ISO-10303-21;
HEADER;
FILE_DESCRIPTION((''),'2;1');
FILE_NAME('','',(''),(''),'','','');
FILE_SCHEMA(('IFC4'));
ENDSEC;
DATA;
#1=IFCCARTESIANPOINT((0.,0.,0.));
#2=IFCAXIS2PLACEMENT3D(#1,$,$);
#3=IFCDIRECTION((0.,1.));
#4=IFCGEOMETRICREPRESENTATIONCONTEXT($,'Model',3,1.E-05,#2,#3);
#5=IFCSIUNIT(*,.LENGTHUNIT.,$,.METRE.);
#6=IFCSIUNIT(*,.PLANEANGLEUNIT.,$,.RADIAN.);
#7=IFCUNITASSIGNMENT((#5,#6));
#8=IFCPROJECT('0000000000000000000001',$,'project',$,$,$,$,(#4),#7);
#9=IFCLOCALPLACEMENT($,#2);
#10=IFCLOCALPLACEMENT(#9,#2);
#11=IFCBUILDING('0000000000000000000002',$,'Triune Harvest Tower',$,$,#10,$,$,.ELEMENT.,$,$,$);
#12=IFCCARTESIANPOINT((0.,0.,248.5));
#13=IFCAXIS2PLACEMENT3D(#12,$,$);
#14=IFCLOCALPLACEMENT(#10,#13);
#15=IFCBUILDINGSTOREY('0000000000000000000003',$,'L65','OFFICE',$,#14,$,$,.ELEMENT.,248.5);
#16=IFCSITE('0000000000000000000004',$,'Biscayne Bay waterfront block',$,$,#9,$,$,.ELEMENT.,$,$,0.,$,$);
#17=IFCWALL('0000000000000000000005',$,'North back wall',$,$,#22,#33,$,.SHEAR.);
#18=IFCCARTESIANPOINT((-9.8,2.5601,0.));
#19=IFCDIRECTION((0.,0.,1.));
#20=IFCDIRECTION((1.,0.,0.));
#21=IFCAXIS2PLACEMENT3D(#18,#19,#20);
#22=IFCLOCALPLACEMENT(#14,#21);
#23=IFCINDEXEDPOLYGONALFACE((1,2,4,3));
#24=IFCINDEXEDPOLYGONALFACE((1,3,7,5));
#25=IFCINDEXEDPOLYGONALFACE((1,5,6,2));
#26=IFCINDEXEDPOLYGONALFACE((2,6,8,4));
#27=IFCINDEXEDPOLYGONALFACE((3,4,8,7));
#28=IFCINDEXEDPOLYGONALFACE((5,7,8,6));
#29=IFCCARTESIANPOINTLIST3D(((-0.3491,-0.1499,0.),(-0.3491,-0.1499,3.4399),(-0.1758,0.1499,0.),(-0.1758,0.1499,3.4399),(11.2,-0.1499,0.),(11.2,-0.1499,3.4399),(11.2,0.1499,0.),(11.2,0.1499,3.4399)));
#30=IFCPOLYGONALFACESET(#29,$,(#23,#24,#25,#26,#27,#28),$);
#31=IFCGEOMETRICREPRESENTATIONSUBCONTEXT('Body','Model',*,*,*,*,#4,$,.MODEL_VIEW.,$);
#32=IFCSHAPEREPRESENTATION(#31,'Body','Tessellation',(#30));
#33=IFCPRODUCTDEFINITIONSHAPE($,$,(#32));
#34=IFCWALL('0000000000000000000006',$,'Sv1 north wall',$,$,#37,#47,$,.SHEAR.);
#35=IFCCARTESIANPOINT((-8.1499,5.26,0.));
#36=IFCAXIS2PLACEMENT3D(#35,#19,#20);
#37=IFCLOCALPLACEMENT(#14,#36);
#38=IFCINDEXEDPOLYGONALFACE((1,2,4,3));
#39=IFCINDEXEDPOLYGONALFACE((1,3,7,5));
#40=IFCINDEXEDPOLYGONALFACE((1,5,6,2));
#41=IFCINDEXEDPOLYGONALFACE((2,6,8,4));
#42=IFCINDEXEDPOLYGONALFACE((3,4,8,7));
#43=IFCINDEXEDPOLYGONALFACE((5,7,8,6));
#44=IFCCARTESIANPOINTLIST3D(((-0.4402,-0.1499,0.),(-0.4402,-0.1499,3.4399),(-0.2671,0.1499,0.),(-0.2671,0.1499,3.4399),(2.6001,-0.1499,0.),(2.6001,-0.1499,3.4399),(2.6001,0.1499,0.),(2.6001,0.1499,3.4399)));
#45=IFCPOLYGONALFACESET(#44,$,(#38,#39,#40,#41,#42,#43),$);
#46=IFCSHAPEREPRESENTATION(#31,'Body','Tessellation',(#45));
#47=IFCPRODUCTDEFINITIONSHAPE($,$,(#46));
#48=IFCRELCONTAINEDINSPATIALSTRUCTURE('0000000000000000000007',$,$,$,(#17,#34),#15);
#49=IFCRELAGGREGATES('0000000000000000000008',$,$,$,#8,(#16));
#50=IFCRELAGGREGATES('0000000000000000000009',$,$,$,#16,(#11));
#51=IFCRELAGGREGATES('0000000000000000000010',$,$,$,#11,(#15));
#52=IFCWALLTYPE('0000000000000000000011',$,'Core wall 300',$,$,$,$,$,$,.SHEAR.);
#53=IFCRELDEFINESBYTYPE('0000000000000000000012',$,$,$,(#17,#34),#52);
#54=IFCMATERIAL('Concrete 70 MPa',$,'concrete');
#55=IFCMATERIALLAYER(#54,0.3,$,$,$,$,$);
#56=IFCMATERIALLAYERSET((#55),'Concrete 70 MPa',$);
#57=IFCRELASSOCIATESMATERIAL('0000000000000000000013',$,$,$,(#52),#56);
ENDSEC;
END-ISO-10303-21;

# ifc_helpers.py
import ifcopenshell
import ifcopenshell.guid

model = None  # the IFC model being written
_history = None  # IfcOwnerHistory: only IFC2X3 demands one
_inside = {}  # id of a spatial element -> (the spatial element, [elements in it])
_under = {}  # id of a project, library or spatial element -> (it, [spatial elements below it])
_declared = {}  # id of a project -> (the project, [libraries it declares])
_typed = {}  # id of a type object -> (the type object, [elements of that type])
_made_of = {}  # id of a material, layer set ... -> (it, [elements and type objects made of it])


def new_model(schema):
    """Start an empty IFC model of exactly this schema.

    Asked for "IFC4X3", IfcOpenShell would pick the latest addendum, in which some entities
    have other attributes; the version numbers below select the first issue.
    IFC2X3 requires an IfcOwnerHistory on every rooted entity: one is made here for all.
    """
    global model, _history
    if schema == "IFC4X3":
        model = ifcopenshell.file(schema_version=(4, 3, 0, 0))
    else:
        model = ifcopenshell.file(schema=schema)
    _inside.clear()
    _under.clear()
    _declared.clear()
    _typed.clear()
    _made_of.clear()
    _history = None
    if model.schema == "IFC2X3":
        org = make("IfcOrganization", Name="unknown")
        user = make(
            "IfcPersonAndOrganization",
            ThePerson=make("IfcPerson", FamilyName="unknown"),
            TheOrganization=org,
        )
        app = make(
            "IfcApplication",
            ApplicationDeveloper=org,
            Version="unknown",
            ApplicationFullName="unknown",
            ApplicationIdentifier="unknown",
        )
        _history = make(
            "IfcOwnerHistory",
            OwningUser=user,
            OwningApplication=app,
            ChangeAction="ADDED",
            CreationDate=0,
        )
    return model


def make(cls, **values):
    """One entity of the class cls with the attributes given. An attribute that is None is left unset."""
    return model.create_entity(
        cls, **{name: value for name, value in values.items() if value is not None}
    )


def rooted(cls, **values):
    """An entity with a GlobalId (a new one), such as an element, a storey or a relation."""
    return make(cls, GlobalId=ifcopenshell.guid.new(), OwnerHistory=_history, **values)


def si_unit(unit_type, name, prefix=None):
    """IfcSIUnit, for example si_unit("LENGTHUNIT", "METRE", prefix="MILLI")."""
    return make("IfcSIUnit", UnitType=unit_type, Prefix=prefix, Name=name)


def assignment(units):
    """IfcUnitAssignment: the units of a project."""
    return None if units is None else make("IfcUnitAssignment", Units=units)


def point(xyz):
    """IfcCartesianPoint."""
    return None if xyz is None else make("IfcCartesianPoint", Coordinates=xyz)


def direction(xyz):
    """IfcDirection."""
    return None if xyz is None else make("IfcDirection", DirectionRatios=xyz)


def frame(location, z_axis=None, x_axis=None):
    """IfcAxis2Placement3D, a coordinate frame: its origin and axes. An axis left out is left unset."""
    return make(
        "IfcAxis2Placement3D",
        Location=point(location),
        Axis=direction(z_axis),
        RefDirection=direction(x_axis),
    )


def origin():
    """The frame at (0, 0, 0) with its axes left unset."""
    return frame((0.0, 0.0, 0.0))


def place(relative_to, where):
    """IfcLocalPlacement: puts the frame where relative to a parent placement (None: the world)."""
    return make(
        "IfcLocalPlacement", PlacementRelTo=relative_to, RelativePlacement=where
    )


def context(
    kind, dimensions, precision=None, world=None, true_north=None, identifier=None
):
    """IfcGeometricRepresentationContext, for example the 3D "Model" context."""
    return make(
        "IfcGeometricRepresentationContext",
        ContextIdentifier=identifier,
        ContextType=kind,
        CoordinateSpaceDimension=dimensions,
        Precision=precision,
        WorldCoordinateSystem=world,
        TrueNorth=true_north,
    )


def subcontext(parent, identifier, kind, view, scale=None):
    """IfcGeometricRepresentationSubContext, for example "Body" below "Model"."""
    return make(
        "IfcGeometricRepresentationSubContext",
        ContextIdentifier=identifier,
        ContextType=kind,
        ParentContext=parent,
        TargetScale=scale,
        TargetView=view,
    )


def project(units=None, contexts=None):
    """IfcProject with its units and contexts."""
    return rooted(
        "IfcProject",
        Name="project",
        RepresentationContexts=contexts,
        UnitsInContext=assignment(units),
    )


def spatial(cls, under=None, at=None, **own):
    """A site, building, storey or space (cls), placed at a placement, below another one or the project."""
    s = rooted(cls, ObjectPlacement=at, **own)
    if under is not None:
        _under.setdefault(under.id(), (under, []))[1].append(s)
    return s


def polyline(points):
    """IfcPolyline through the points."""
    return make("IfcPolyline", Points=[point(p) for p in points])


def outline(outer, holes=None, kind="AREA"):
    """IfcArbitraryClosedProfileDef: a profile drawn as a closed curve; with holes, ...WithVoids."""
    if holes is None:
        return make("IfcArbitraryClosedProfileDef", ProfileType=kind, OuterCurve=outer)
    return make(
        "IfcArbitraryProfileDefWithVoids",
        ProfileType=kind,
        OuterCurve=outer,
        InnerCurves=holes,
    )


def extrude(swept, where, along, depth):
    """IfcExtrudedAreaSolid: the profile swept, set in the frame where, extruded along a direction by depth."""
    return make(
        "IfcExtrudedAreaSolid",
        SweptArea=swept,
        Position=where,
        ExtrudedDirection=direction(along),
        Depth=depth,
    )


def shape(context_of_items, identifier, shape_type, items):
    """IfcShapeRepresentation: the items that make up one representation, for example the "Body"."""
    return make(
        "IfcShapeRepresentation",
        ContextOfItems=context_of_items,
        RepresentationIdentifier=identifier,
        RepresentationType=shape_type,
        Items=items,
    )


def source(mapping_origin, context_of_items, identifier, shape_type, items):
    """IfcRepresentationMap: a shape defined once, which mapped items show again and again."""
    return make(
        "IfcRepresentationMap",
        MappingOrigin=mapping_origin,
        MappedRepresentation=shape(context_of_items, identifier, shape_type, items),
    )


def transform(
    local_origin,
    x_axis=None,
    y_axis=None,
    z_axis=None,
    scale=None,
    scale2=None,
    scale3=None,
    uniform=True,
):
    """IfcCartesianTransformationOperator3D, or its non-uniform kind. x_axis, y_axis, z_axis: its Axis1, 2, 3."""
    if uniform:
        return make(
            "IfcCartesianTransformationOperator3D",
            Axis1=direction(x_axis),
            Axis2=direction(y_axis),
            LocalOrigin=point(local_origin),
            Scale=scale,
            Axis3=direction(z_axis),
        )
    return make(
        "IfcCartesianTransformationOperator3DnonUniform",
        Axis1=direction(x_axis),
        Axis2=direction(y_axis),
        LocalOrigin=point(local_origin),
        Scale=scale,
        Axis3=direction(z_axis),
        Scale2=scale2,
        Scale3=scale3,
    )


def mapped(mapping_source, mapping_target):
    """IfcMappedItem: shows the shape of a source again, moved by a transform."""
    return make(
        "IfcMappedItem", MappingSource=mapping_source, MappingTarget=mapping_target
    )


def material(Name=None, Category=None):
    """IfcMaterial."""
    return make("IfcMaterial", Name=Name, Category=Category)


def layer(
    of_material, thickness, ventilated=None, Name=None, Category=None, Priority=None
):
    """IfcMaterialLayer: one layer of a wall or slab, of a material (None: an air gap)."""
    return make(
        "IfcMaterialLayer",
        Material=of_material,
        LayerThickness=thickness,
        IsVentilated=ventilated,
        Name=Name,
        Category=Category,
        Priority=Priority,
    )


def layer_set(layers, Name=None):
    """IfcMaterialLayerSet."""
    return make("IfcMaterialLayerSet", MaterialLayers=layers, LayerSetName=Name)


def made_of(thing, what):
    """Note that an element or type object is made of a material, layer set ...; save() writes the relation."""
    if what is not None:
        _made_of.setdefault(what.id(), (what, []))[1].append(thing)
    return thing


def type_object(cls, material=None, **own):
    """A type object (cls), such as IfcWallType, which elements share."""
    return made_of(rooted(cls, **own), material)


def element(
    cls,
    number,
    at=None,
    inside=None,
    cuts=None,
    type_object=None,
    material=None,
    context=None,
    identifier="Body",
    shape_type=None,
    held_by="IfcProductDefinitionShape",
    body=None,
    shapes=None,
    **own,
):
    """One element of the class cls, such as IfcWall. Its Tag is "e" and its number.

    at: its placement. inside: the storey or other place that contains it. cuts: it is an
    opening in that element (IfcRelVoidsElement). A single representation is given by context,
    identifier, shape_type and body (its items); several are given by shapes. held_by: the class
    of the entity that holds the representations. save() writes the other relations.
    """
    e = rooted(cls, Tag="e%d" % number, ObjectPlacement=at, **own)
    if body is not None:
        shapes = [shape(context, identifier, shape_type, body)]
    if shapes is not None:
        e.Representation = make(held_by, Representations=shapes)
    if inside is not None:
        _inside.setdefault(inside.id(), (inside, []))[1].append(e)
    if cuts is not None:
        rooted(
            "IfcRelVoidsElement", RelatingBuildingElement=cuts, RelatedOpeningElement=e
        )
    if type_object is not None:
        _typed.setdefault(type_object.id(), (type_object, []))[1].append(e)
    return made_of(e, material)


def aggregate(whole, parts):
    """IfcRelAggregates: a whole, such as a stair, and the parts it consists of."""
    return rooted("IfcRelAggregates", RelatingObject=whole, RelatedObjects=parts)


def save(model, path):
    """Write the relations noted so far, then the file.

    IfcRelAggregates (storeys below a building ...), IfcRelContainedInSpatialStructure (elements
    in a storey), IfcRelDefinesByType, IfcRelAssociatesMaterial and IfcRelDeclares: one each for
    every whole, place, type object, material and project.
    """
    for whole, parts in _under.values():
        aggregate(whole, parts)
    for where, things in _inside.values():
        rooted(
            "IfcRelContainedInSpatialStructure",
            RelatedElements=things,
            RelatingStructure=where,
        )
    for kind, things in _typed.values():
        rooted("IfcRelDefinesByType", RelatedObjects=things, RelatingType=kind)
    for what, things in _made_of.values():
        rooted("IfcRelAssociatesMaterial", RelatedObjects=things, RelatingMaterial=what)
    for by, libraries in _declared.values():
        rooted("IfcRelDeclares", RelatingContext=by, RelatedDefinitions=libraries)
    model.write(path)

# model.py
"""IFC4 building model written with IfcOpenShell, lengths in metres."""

from ifc_helpers import new_model, si_unit, direction, frame, origin, place, context, subcontext, project, spatial, polyline, outline, extrude, source, transform, mapped, material, layer, layer_set, type_object, element, save


model = new_model("IFC4")

# Units and contexts
model_context = context("Model", 3, precision=1e-05, world=origin(), true_north=direction((0.0, 1.0)))
body_context = subcontext(model_context, "Body", "Model", "MODEL_VIEW")
ifc_project = project(units=[si_unit("LENGTHUNIT", "METRE"), si_unit("PLANEANGLEUNIT", "RADIAN")], contexts=[model_context])

# Site, building, storey
site_placement = place(None, origin())
site = spatial("IfcSite", under=ifc_project, at=site_placement, Name="Biscayne Bay waterfront block", CompositionType="ELEMENT", RefElevation=0.0)
building_placement = place(site_placement, origin())
building = spatial("IfcBuilding", under=site, at=building_placement, Name="Triune Harvest Tower", CompositionType="ELEMENT")
storey_placement = place(building_placement, frame((0.0, 0.0, 248.5)))
storey = spatial("IfcBuildingStorey", under=building, at=storey_placement, Name="L65", Description="OFFICE", CompositionType="ELEMENT", Elevation=248.5)

# Shared definitions
ifc_material_1 = material(Name="Concrete 70 MPa", Category="concrete")
ifc_layer_1 = layer(ifc_material_1, 0.3)
ifc_layer_set_1 = layer_set([ifc_layer_1], Name="Concrete 70 MPa")
wall_type_1 = type_object("IfcWallType", Name="Core wall 300", PredefinedType="SHEAR", material=ifc_layer_set_1)

# Wall
shared_shape_1 = source(origin(), body_context, "Body", "SweptSolid", [
    extrude(outline(polyline([(11.2, -0.1499), (-0.3491, -0.1499), (-0.1758, 0.1499), (11.2, 0.1499), (11.2, -0.1499)])), origin(), (0.0, 0.0, 1.0), 3.4399),
])
wall_1_placement = place(storey_placement, frame((-9.8, 2.5601, 0.0), z_axis=(0.0, 0.0, 1.0), x_axis=(1.0, 0.0, 0.0)))
element("IfcWall", 1, at=wall_1_placement, inside=storey, type_object=wall_type_1, Name="North back wall", PredefinedType="SHEAR", context=body_context, shape_type="MappedRepresentation", body=[
    mapped(shared_shape_1, transform((0.0, 0.0, 0.0), scale=1.0)),
])

# Wall
shared_shape_2 = source(origin(), body_context, "Body", "SweptSolid", [
    extrude(outline(polyline([(2.6001, -0.1499), (-0.4402, -0.1499), (-0.2671, 0.1499), (2.6001, 0.1499), (2.6001, -0.1499)])), origin(), (0.0, 0.0, 1.0), 3.4399),
])
wall_2_placement = place(storey_placement, frame((-8.1499, 5.26, 0.0), z_axis=(0.0, 0.0, 1.0), x_axis=(1.0, 0.0, 0.0)))
element("IfcWall", 2, at=wall_2_placement, inside=storey, type_object=wall_type_1, Name="Sv1 north wall", PredefinedType="SHEAR", context=body_context, shape_type="MappedRepresentation", body=[
    mapped(shared_shape_2, transform((0.0, 0.0, 0.0), scale=1.0)),
])

save(model, "model.ifc")
